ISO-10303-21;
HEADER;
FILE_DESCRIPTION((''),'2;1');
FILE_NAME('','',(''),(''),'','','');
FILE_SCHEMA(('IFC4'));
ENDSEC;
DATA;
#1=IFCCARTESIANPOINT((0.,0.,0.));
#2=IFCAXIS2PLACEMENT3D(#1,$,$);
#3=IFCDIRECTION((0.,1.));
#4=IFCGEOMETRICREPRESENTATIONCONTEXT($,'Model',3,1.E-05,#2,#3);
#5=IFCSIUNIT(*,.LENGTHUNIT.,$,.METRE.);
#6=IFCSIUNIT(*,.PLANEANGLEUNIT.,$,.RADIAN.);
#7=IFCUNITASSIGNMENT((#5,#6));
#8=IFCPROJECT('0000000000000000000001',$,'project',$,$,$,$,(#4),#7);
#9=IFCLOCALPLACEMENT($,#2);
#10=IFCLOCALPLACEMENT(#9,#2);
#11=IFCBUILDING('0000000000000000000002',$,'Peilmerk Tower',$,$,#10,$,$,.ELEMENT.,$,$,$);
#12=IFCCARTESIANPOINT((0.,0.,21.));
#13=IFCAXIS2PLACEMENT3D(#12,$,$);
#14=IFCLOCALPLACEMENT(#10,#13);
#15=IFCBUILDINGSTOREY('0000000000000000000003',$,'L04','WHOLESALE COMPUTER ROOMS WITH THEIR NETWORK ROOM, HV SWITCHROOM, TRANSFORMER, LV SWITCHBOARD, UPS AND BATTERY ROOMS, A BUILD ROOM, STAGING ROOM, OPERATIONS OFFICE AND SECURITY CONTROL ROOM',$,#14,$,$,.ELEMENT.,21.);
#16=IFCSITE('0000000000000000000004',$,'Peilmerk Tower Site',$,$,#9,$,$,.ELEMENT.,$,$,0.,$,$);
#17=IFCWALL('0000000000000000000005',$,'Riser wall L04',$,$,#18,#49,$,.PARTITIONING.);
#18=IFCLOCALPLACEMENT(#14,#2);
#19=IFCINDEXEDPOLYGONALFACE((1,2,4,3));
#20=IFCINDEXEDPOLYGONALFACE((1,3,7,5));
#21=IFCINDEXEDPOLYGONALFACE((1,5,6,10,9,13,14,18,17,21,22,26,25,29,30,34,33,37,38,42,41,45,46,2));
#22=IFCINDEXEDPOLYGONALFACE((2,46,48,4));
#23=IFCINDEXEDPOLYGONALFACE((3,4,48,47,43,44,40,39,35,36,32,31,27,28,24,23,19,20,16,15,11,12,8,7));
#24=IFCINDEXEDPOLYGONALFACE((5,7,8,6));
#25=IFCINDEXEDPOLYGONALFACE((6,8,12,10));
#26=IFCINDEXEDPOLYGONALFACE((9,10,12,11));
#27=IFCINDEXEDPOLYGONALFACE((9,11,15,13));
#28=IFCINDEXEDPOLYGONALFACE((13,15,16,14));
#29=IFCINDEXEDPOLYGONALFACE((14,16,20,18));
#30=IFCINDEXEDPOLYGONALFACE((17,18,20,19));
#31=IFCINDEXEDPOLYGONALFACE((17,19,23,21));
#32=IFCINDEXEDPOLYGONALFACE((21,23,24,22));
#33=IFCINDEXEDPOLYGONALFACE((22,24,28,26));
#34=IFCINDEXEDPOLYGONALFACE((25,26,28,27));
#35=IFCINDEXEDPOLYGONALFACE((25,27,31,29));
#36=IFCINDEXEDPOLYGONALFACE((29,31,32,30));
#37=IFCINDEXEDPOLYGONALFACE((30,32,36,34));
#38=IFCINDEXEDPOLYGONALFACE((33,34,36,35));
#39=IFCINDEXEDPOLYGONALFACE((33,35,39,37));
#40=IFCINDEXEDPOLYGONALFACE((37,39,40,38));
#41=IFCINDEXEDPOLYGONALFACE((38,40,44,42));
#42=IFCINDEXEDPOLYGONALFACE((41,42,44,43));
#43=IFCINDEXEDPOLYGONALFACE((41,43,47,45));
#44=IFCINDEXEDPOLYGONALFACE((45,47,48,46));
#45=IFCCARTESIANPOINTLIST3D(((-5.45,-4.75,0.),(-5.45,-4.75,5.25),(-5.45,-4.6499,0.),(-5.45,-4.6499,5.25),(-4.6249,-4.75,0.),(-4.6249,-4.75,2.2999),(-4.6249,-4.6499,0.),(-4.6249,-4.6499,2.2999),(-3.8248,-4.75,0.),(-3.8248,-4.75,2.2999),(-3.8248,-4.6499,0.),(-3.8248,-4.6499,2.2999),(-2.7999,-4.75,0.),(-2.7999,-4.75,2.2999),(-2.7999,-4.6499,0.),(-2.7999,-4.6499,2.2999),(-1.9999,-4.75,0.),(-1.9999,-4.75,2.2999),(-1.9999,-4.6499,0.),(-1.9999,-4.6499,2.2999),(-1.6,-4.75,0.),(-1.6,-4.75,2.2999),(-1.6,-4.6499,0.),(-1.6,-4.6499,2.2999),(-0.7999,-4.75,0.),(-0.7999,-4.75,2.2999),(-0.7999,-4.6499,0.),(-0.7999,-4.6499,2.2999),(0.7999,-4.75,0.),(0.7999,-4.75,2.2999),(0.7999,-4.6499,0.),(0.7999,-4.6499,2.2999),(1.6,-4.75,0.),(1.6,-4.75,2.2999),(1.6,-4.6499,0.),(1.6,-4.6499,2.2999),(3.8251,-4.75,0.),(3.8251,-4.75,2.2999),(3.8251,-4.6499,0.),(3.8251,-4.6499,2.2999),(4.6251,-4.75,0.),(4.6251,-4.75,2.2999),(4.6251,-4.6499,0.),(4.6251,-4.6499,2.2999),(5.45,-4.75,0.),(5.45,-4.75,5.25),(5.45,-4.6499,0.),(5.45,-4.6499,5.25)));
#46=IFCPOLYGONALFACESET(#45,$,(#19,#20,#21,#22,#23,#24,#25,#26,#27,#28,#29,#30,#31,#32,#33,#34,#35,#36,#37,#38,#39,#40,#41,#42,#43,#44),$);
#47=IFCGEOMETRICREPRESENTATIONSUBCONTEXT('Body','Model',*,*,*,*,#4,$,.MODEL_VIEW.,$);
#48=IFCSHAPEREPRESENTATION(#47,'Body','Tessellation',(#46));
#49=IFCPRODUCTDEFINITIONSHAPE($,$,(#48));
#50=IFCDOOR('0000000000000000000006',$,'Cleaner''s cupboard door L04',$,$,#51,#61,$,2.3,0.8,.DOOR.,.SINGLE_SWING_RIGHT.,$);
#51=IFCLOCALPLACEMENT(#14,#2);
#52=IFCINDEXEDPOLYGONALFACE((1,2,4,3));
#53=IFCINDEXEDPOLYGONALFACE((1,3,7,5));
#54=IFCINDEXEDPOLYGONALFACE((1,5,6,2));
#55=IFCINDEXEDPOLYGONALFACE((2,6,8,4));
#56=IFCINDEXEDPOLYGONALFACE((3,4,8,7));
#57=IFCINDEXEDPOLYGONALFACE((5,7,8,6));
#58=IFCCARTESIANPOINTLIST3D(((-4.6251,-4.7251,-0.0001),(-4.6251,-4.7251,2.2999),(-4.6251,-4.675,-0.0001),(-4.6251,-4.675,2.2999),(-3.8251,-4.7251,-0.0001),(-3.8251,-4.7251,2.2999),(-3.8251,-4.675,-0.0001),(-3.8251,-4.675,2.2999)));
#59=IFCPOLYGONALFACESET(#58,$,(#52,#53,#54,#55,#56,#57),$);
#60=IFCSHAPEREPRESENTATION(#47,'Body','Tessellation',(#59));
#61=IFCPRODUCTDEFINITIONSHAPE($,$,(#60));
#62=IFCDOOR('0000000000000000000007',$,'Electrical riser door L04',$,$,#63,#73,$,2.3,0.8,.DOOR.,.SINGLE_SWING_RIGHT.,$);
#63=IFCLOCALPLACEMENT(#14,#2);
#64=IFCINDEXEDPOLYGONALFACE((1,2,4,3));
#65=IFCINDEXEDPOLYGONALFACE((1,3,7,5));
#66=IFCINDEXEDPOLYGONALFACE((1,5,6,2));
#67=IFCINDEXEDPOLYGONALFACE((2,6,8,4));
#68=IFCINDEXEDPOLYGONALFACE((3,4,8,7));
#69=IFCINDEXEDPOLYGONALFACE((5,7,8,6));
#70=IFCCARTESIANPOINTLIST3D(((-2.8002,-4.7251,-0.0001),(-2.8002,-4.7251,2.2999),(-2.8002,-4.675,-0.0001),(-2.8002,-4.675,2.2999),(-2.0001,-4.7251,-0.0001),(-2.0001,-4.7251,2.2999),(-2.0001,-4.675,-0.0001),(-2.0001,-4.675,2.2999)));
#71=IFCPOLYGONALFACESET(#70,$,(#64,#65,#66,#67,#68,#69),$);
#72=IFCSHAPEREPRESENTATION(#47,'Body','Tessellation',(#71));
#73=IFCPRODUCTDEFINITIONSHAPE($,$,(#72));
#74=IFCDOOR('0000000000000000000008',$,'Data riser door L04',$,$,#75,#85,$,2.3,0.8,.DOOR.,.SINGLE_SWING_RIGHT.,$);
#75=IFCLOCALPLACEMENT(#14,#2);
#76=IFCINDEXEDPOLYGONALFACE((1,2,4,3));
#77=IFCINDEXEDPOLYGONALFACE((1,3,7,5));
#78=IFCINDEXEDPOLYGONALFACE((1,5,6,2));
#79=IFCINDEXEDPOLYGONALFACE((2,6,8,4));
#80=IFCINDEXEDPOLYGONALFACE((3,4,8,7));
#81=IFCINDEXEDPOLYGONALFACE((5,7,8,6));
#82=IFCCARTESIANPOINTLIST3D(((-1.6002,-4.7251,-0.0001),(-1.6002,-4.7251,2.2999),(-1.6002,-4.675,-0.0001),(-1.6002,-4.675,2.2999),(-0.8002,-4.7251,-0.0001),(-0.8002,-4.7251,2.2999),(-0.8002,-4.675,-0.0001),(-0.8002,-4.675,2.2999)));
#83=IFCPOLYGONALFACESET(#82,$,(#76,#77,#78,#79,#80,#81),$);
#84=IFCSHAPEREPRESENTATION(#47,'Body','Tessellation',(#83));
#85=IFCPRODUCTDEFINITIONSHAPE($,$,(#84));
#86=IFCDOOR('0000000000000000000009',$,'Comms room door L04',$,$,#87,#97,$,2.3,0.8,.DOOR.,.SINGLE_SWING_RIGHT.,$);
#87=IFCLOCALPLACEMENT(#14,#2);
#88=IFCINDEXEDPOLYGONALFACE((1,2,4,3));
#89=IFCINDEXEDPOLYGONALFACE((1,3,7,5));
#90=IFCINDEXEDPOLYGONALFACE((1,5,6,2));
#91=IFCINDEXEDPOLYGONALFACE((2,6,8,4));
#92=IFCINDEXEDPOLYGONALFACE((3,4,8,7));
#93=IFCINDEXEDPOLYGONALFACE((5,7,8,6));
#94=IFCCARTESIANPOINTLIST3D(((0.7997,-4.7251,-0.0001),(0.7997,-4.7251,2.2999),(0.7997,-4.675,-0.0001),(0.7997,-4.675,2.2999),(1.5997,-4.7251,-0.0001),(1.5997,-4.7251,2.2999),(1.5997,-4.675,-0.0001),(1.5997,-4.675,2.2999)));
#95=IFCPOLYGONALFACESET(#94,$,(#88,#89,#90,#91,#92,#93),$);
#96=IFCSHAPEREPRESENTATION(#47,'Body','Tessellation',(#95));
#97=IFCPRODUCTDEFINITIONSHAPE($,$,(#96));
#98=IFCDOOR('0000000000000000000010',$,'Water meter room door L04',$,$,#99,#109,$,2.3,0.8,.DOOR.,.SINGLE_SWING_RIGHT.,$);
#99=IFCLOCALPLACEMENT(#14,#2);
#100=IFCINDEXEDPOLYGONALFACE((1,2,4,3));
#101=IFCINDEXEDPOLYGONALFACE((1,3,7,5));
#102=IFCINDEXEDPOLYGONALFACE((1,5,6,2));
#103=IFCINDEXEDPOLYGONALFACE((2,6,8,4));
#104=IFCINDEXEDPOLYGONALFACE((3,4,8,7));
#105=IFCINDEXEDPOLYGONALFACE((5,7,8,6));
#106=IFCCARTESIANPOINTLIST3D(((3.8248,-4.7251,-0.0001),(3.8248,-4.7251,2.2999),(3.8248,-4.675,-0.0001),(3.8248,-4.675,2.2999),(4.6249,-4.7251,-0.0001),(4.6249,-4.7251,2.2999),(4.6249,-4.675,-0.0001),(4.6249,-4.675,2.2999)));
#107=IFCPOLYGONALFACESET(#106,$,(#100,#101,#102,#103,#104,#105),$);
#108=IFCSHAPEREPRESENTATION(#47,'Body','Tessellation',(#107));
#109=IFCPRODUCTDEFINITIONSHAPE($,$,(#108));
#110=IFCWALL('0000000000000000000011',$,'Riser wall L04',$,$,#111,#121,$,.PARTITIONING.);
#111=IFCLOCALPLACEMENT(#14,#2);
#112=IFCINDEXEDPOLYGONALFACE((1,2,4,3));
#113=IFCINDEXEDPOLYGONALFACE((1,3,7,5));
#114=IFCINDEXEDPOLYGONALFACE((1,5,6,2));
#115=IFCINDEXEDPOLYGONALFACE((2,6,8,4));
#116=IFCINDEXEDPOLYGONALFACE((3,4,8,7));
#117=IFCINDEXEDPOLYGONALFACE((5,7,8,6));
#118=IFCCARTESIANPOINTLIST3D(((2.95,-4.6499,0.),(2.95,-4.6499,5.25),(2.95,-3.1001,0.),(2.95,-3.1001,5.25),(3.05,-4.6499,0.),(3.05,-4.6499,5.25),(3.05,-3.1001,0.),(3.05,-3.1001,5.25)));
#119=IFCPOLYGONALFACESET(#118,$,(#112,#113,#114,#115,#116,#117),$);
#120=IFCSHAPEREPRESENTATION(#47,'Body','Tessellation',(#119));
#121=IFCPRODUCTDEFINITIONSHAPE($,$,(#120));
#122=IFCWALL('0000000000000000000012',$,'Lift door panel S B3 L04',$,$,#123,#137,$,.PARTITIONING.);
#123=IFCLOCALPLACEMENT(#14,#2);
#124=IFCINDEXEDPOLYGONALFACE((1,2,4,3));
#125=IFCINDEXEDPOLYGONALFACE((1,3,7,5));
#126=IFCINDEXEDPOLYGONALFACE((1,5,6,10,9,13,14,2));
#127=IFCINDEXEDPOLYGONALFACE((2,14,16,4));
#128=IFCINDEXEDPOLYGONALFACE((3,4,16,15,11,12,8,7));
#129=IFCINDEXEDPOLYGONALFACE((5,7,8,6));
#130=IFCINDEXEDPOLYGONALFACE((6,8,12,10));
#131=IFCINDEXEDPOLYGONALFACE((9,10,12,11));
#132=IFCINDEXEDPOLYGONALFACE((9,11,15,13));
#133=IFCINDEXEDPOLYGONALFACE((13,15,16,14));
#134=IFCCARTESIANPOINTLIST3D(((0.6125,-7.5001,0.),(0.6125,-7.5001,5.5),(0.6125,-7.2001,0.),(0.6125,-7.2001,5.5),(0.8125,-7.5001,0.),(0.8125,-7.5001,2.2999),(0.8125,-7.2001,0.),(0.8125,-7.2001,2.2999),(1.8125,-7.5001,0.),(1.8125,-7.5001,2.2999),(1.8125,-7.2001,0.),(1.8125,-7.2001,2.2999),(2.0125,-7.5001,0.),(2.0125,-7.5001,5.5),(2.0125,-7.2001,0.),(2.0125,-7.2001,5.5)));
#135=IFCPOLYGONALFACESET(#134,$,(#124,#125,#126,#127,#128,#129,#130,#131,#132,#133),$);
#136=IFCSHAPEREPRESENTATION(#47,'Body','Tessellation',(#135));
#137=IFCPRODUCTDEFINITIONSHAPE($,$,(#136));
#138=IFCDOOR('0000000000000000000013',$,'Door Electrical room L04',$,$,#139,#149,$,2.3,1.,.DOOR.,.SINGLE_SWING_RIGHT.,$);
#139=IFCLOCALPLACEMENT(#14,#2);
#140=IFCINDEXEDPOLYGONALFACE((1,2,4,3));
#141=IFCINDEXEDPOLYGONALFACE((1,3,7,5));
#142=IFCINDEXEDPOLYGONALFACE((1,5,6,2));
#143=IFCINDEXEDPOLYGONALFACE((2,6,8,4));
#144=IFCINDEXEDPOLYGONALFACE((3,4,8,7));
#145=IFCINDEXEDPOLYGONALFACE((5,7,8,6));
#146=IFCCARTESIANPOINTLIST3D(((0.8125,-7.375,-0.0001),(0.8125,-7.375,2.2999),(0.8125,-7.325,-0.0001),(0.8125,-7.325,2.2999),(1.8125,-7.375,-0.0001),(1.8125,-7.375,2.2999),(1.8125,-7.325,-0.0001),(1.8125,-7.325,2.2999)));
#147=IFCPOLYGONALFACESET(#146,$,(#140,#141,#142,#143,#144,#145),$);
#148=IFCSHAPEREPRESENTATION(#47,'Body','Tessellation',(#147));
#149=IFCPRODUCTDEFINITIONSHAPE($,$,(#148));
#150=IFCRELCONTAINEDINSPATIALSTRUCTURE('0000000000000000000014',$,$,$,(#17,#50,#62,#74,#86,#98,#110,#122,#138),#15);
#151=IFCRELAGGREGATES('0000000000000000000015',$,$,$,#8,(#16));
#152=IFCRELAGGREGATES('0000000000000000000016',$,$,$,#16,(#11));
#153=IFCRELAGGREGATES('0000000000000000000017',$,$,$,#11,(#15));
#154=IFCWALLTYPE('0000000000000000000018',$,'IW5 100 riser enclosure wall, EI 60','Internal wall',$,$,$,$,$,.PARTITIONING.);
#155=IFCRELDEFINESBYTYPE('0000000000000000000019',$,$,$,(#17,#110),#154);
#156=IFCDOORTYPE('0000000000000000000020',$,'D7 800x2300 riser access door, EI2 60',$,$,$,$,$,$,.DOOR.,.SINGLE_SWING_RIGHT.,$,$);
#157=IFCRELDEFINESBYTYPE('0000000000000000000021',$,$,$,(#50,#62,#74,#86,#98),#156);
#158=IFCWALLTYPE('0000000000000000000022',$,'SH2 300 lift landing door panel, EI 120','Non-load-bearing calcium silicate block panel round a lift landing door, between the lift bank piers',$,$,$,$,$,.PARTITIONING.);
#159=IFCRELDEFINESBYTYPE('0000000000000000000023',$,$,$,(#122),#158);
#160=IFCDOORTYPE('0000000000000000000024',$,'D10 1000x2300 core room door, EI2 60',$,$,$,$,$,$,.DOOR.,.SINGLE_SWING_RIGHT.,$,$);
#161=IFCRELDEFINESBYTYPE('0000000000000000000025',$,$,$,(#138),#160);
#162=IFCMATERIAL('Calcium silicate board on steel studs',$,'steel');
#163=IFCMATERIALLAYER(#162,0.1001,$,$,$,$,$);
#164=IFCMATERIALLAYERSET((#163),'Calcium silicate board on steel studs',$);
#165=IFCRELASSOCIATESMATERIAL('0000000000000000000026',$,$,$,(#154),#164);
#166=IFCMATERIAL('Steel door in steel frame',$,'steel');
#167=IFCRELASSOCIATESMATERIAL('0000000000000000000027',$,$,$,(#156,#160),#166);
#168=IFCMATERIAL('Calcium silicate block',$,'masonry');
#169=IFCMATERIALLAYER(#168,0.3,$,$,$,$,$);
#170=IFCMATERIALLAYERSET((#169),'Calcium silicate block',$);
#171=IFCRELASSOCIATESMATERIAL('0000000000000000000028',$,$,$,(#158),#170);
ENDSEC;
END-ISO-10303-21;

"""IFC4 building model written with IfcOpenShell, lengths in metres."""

from ifc_helpers import new_model, si_unit, direction, frame, frame_2d, origin, place, context, subcontext, project, spatial, rectangle, extrude, material, layer, layer_set, type_object, element, fill, save


model = new_model("IFC4")

# Units and contexts
model_context = context("Model", 3, precision=1e-05, world=origin(), true_north=direction((0.0, 1.0)))
body_context = subcontext(model_context, "Body", "Model", "MODEL_VIEW")
ifc_project = project(units=[si_unit("LENGTHUNIT", "METRE"), si_unit("PLANEANGLEUNIT", "RADIAN")], contexts=[model_context])

# Site, building, storey
site_placement = place(None, origin())
site = spatial("IfcSite", under=ifc_project, at=site_placement, Name="Peilmerk Tower Site", CompositionType="ELEMENT", RefElevation=0.0)
building_placement = place(site_placement, origin())
building = spatial("IfcBuilding", under=site, at=building_placement, Name="Peilmerk Tower", CompositionType="ELEMENT")
storey_placement = place(building_placement, frame((0.0, 0.0, 21.0)))
storey = spatial("IfcBuildingStorey", under=building, at=storey_placement, Name="L04", Description="WHOLESALE COMPUTER ROOMS WITH THEIR NETWORK ROOM, HV SWITCHROOM, TRANSFORMER, LV SWITCHBOARD, UPS AND BATTERY ROOMS, A BUILD ROOM, STAGING ROOM, OPERATIONS OFFICE AND SECURITY CONTROL ROOM", CompositionType="ELEMENT", Elevation=21.0)

# Shared definitions
ifc_material_1 = material(Name="Calcium silicate board on steel studs", Category="steel")
ifc_layer_1 = layer(ifc_material_1, 0.1001)
ifc_layer_set_1 = layer_set([ifc_layer_1], Name="Calcium silicate board on steel studs")
wall_type_1 = type_object("IfcWallType", Name="IW5 100 riser enclosure wall, EI 60", Description="Internal wall", PredefinedType="PARTITIONING", material=ifc_layer_set_1)

# Wall, openings, doors
wall_1_placement = place(storey_placement, frame((5.45, -4.7, 0.0), z_axis=(0.0, 0.0, 1.0), x_axis=(-1.0, 0.0, 0.0)))
wall_1 = element("IfcWall", 1, at=wall_1_placement, inside=storey, type_object=wall_type_1, Name="Riser wall L04", PredefinedType="PARTITIONING", context=body_context, shape_type="SweptSolid", body=[
    extrude(rectangle(XDim=10.8999, YDim=0.1001, at=frame_2d((5.45, 0.0))), origin(), (0.0, 0.0, 1.0), 5.25),
])
opening_1_placement = place(wall_1_placement, frame((9.2749, 0.0, 0.0)))
opening_1 = element("IfcOpeningElement", 2, at=opening_1_placement, cuts=wall_1, PredefinedType="OPENING", context=body_context, shape_type="SweptSolid", body=[
    extrude(rectangle(XDim=0.8, YDim=2.3, at=frame_2d((0.3999, 1.1499))), frame((0.0, 0.0601, 0.0), z_axis=(0.0, -1.0, 0.0), x_axis=(1.0, 0.0, 0.0)), (0.0, 0.0, 1.0), 0.1201),
])
opening_2_placement = place(wall_1_placement, frame((7.45, 0.0, 0.0)))
opening_2 = element("IfcOpeningElement", 3, at=opening_2_placement, cuts=wall_1, PredefinedType="OPENING", context=body_context, shape_type="SweptSolid", body=[
    extrude(rectangle(XDim=0.8, YDim=2.3, at=frame_2d((0.3999, 1.1499))), frame((0.0, 0.0601, 0.0), z_axis=(0.0, -1.0, 0.0), x_axis=(1.0, 0.0, 0.0)), (0.0, 0.0, 1.0), 0.1201),
])
opening_3_placement = place(wall_1_placement, frame((6.25, 0.0, 0.0)))
opening_3 = element("IfcOpeningElement", 4, at=opening_3_placement, cuts=wall_1, PredefinedType="OPENING", context=body_context, shape_type="SweptSolid", body=[
    extrude(rectangle(XDim=0.8, YDim=2.3, at=frame_2d((0.3999, 1.1499))), frame((0.0, 0.0601, 0.0), z_axis=(0.0, -1.0, 0.0), x_axis=(1.0, 0.0, 0.0)), (0.0, 0.0, 1.0), 0.1201),
])
opening_4_placement = place(wall_1_placement, frame((3.8501, 0.0, 0.0)))
opening_4 = element("IfcOpeningElement", 5, at=opening_4_placement, cuts=wall_1, PredefinedType="OPENING", context=body_context, shape_type="SweptSolid", body=[
    extrude(rectangle(XDim=0.8, YDim=2.3, at=frame_2d((0.3999, 1.1499))), frame((0.0, 0.0601, 0.0), z_axis=(0.0, -1.0, 0.0), x_axis=(1.0, 0.0, 0.0)), (0.0, 0.0, 1.0), 0.1201),
])
opening_5_placement = place(wall_1_placement, frame((0.825, 0.0, 0.0)))
opening_5 = element("IfcOpeningElement", 6, at=opening_5_placement, cuts=wall_1, PredefinedType="OPENING", context=body_context, shape_type="SweptSolid", body=[
    extrude(rectangle(XDim=0.8, YDim=2.3, at=frame_2d((0.3999, 1.1499))), frame((0.0, 0.0601, 0.0), z_axis=(0.0, -1.0, 0.0), x_axis=(1.0, 0.0, 0.0)), (0.0, 0.0, 1.0), 0.1201),
])
ifc_material_2 = material(Name="Steel door in steel frame", Category="steel")
door_type_1 = type_object("IfcDoorType", Name="D7 800x2300 riser access door, EI2 60", OperationType="SINGLE_SWING_RIGHT", PredefinedType="DOOR", material=ifc_material_2)
door_1_placement = place(opening_1_placement, frame((0.8, 0.0, 0.0), z_axis=(0.0, 0.0, 1.0), x_axis=(-1.0, 0.0, 0.0)))
door_1 = element("IfcDoor", 7, at=door_1_placement, inside=storey, type_object=door_type_1, Name="Cleaner's cupboard door L04", OperationType="SINGLE_SWING_RIGHT", OverallHeight=2.3, OverallWidth=0.8, PredefinedType="DOOR", context=body_context, shape_type="SweptSolid", body=[
    extrude(rectangle(XDim=0.8, YDim=2.3, at=frame_2d((0.3999, 1.1499))), frame((0.0, 0.0249, 0.0), z_axis=(0.0, -1.0, 0.0), x_axis=(1.0, 0.0, 0.0)), (0.0, 0.0, 1.0), 0.05),
])
fill(opening_1, door_1)
door_2_placement = place(opening_2_placement, frame((0.8, 0.0, 0.0), z_axis=(0.0, 0.0, 1.0), x_axis=(-1.0, 0.0, 0.0)))
door_2 = element("IfcDoor", 8, at=door_2_placement, inside=storey, type_object=door_type_1, Name="Electrical riser door L04", OperationType="SINGLE_SWING_RIGHT", OverallHeight=2.3, OverallWidth=0.8, PredefinedType="DOOR", context=body_context, shape_type="SweptSolid", body=[
    extrude(rectangle(XDim=0.8, YDim=2.3, at=frame_2d((0.3999, 1.1499))), frame((0.0, 0.0249, 0.0), z_axis=(0.0, -1.0, 0.0), x_axis=(1.0, 0.0, 0.0)), (0.0, 0.0, 1.0), 0.05),
])
fill(opening_2, door_2)
door_3_placement = place(opening_3_placement, frame((0.8, 0.0, 0.0), z_axis=(0.0, 0.0, 1.0), x_axis=(-1.0, 0.0, 0.0)))
door_3 = element("IfcDoor", 9, at=door_3_placement, inside=storey, type_object=door_type_1, Name="Data riser door L04", OperationType="SINGLE_SWING_RIGHT", OverallHeight=2.3, OverallWidth=0.8, PredefinedType="DOOR", context=body_context, shape_type="SweptSolid", body=[
    extrude(rectangle(XDim=0.8, YDim=2.3, at=frame_2d((0.3999, 1.1499))), frame((0.0, 0.0249, 0.0), z_axis=(0.0, -1.0, 0.0), x_axis=(1.0, 0.0, 0.0)), (0.0, 0.0, 1.0), 0.05),
])
fill(opening_3, door_3)
door_4_placement = place(opening_4_placement, frame((0.8, 0.0, 0.0), z_axis=(0.0, 0.0, 1.0), x_axis=(-1.0, 0.0, 0.0)))
door_4 = element("IfcDoor", 10, at=door_4_placement, inside=storey, type_object=door_type_1, Name="Comms room door L04", OperationType="SINGLE_SWING_RIGHT", OverallHeight=2.3, OverallWidth=0.8, PredefinedType="DOOR", context=body_context, shape_type="SweptSolid", body=[
    extrude(rectangle(XDim=0.8, YDim=2.3, at=frame_2d((0.3999, 1.1499))), frame((0.0, 0.0249, 0.0), z_axis=(0.0, -1.0, 0.0), x_axis=(1.0, 0.0, 0.0)), (0.0, 0.0, 1.0), 0.05),
])
fill(opening_4, door_4)
door_5_placement = place(opening_5_placement, frame((0.8, 0.0, 0.0), z_axis=(0.0, 0.0, 1.0), x_axis=(-1.0, 0.0, 0.0)))
door_5 = element("IfcDoor", 11, at=door_5_placement, inside=storey, type_object=door_type_1, Name="Water meter room door L04", OperationType="SINGLE_SWING_RIGHT", OverallHeight=2.3, OverallWidth=0.8, PredefinedType="DOOR", context=body_context, shape_type="SweptSolid", body=[
    extrude(rectangle(XDim=0.8, YDim=2.3, at=frame_2d((0.3999, 1.1499))), frame((0.0, 0.0249, 0.0), z_axis=(0.0, -1.0, 0.0), x_axis=(1.0, 0.0, 0.0)), (0.0, 0.0, 1.0), 0.05),
])
fill(opening_5, door_5)

# Wall
wall_2_placement = place(storey_placement, frame((3.0, -3.1001, 0.0), z_axis=(0.0, 0.0, 1.0), x_axis=(0.0, -1.0, 0.0)))
element("IfcWall", 12, at=wall_2_placement, inside=storey, type_object=wall_type_1, Name="Riser wall L04", PredefinedType="PARTITIONING", context=body_context, shape_type="SweptSolid", body=[
    extrude(rectangle(XDim=1.5498, YDim=0.1001, at=frame_2d((0.7749, 0.0))), origin(), (0.0, 0.0, 1.0), 5.25),
])

# Wall, opening, door
ifc_material_3 = material(Name="Calcium silicate block", Category="masonry")
ifc_layer_2 = layer(ifc_material_3, 0.3)
ifc_layer_set_2 = layer_set([ifc_layer_2], Name="Calcium silicate block")
wall_type_2 = type_object("IfcWallType", Name="SH2 300 lift landing door panel, EI 120", Description="Non-load-bearing calcium silicate block panel round a lift landing door, between the lift bank piers", PredefinedType="PARTITIONING", material=ifc_layer_set_2)
wall_3_placement = place(storey_placement, frame((0.6125, -7.3501, 0.0), z_axis=(0.0, 0.0, 1.0), x_axis=(1.0, 0.0, 0.0)))
wall_3 = element("IfcWall", 13, at=wall_3_placement, inside=storey, type_object=wall_type_2, Name="Lift door panel S B3 L04", PredefinedType="PARTITIONING", context=body_context, shape_type="SweptSolid", body=[
    extrude(rectangle(XDim=1.3999, YDim=0.3, at=frame_2d((0.7, 0.0))), origin(), (0.0, 0.0, 1.0), 5.5),
])
opening_6_placement = place(wall_3_placement, frame((0.2, 0.0, 0.0)))
opening_6 = element("IfcOpeningElement", 14, at=opening_6_placement, cuts=wall_3, PredefinedType="OPENING", context=body_context, shape_type="SweptSolid", body=[
    extrude(rectangle(XDim=1.0, YDim=2.3, at=frame_2d((0.5, 1.1499))), frame((0.0, 0.1599, 0.0), z_axis=(0.0, -1.0, 0.0), x_axis=(1.0, 0.0, 0.0)), (0.0, 0.0, 1.0), 0.3201),
])
door_type_2 = type_object("IfcDoorType", Name="D10 1000x2300 core room door, EI2 60", OperationType="SINGLE_SWING_RIGHT", PredefinedType="DOOR", material=ifc_material_2)
door_6_placement = place(opening_6_placement, frame((1.0, 0.0, 0.0), z_axis=(0.0, 0.0, 1.0), x_axis=(-1.0, 0.0, 0.0)))
door_6 = element("IfcDoor", 15, at=door_6_placement, inside=storey, type_object=door_type_2, Name="Door Electrical room L04", OperationType="SINGLE_SWING_RIGHT", OverallHeight=2.3, OverallWidth=1.0, PredefinedType="DOOR", context=body_context, shape_type="SweptSolid", body=[
    extrude(rectangle(XDim=1.0, YDim=2.3, at=frame_2d((0.5, 1.1499))), frame((0.0, 0.0249, 0.0), z_axis=(0.0, -1.0, 0.0), x_axis=(1.0, 0.0, 0.0)), (0.0, 0.0, 1.0), 0.05),
])
fill(opening_6, door_6)

save(model, "model.ifc")
